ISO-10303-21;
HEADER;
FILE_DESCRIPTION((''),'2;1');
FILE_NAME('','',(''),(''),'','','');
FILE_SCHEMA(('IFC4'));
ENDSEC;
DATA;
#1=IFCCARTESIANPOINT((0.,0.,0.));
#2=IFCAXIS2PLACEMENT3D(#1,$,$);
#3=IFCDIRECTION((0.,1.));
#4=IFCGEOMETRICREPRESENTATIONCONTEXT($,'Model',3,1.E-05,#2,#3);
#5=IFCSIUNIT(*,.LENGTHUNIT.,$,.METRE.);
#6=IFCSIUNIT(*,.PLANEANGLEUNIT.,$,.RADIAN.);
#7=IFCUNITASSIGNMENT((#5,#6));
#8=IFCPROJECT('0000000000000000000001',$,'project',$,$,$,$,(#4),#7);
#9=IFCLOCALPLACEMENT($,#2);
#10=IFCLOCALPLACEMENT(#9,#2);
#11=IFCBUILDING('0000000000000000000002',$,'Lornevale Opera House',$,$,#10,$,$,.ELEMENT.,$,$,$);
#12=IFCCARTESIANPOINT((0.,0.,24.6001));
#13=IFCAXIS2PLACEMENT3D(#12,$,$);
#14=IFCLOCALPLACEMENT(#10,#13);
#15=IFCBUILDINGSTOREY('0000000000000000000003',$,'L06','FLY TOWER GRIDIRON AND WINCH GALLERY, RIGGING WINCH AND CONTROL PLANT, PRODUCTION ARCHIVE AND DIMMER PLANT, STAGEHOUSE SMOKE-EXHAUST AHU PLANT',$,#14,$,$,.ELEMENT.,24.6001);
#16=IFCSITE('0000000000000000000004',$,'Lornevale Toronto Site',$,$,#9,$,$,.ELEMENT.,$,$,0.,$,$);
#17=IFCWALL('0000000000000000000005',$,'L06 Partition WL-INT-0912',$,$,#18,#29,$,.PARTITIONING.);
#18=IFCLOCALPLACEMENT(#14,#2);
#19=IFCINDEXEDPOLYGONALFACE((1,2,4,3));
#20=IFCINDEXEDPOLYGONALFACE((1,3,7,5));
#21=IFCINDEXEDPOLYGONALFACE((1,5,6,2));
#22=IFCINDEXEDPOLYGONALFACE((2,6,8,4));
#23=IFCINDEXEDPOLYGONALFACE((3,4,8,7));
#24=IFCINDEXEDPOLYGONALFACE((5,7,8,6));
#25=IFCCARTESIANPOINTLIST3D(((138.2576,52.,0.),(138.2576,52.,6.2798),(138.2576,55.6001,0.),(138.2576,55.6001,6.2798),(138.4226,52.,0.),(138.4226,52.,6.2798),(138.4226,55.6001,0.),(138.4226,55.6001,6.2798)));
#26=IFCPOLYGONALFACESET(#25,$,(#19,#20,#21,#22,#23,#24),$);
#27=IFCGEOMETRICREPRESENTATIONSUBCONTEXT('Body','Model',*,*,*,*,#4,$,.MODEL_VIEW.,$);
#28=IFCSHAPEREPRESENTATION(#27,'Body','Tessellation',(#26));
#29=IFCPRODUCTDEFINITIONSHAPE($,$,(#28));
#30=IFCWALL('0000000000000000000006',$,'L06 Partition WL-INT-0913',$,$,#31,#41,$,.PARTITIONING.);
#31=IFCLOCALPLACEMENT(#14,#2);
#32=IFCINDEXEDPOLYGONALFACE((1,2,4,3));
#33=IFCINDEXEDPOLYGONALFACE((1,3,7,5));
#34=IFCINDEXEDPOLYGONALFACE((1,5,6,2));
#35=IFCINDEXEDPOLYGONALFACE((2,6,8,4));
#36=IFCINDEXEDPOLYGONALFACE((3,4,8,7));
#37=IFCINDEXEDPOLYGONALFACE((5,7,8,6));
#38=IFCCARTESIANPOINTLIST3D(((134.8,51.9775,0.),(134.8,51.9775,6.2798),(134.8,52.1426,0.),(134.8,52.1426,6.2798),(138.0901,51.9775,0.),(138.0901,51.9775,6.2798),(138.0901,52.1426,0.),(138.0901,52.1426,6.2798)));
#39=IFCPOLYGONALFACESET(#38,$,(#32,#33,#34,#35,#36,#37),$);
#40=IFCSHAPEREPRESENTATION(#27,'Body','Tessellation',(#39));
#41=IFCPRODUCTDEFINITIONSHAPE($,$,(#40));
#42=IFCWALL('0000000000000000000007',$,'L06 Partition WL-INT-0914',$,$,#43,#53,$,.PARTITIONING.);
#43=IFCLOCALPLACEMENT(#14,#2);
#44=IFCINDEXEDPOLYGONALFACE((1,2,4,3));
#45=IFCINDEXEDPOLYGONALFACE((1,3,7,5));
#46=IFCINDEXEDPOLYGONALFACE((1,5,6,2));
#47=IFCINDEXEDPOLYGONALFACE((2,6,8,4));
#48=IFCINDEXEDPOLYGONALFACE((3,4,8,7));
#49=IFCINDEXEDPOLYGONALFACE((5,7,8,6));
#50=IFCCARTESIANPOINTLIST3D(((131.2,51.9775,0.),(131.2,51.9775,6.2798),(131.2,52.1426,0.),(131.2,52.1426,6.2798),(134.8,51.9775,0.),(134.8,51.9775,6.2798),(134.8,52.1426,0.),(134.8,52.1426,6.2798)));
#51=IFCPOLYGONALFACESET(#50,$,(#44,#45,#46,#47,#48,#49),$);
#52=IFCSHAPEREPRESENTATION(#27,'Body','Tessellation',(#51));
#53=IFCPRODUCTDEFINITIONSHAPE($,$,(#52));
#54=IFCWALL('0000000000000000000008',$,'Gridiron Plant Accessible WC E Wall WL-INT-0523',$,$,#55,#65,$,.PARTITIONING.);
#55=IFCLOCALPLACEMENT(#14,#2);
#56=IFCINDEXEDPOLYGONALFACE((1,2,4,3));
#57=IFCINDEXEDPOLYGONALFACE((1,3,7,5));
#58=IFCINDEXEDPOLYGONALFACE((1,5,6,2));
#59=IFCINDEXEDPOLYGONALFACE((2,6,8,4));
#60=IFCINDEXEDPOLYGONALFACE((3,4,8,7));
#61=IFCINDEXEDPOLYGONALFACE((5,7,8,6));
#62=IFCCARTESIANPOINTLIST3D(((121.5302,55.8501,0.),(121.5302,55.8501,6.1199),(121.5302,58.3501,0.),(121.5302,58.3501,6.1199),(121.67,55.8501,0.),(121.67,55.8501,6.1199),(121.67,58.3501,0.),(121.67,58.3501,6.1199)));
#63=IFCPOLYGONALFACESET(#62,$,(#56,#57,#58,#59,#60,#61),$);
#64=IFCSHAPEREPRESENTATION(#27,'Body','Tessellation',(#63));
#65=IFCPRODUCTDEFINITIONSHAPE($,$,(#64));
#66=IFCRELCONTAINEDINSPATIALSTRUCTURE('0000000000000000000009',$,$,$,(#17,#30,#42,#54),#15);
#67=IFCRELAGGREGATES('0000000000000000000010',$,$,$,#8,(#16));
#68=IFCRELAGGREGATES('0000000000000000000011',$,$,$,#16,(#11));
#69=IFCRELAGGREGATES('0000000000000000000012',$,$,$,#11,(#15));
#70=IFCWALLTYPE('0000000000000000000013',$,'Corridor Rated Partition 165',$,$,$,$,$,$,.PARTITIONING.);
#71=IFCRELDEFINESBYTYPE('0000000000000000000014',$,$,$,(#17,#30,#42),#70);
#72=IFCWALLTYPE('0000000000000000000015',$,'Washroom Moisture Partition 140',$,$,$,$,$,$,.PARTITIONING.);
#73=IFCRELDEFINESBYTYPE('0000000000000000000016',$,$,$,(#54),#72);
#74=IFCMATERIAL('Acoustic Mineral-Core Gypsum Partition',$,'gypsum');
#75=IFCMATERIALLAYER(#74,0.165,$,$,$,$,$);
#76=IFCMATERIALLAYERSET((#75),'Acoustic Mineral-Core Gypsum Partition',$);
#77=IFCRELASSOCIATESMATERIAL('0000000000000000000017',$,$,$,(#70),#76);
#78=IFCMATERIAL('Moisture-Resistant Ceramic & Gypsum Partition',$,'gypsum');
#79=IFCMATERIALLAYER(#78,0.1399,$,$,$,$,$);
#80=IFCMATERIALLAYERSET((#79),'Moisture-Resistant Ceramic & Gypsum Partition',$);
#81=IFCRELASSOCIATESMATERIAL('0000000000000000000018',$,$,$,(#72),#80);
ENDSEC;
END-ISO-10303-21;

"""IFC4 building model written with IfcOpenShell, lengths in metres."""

from ifc_helpers import new_model, si_unit, direction, frame, frame_2d, origin, place, context, subcontext, project, spatial, rectangle, extrude, material, layer, layer_set, type_object, element, save


model = new_model("IFC4")

# Units and contexts
model_context = context("Model", 3, precision=1e-05, world=origin(), true_north=direction((0.0, 1.0)))
body_context = subcontext(model_context, "Body", "Model", "MODEL_VIEW")
ifc_project = project(units=[si_unit("LENGTHUNIT", "METRE"), si_unit("PLANEANGLEUNIT", "RADIAN")], contexts=[model_context])

# Site, building, storey
site_placement = place(None, origin())
site = spatial("IfcSite", under=ifc_project, at=site_placement, Name="Lornevale Toronto Site", CompositionType="ELEMENT", RefElevation=0.0)
building_placement = place(site_placement, origin())
building = spatial("IfcBuilding", under=site, at=building_placement, Name="Lornevale Opera House", CompositionType="ELEMENT")
storey_placement = place(building_placement, frame((0.0, 0.0, 24.6001)))
storey = spatial("IfcBuildingStorey", under=building, at=storey_placement, Name="L06", Description="FLY TOWER GRIDIRON AND WINCH GALLERY, RIGGING WINCH AND CONTROL PLANT, PRODUCTION ARCHIVE AND DIMMER PLANT, STAGEHOUSE SMOKE-EXHAUST AHU PLANT", CompositionType="ELEMENT", Elevation=24.6001)

# Shared definitions
ifc_material_1 = material(Name="Acoustic Mineral-Core Gypsum Partition", Category="gypsum")
ifc_layer_1 = layer(ifc_material_1, 0.165)
ifc_layer_set_1 = layer_set([ifc_layer_1], Name="Acoustic Mineral-Core Gypsum Partition")
wall_type_1 = type_object("IfcWallType", Name="Corridor Rated Partition 165", PredefinedType="PARTITIONING", material=ifc_layer_set_1)

# Walls
wall_1_placement = place(storey_placement, frame((138.3401, 52.0, 0.0), z_axis=(0.0, 0.0, 1.0), x_axis=(0.0, 1.0, 0.0)))
element("IfcWall", 1, at=wall_1_placement, inside=storey, type_object=wall_type_1, Name="L06 Partition WL-INT-0912", PredefinedType="PARTITIONING", context=body_context, shape_type="SweptSolid", body=[
    extrude(rectangle(XDim=3.6001, YDim=0.165, at=frame_2d((1.8, 0.0))), origin(), (0.0, 0.0, 1.0), 6.2798),
])
wall_2_placement = place(storey_placement, frame((134.8, 52.0601, 0.0), z_axis=(0.0, 0.0, 1.0), x_axis=(1.0, 0.0, 0.0)))
element("IfcWall", 2, at=wall_2_placement, inside=storey, type_object=wall_type_1, Name="L06 Partition WL-INT-0913", PredefinedType="PARTITIONING", context=body_context, shape_type="SweptSolid", body=[
    extrude(rectangle(XDim=3.29, YDim=0.165, at=frame_2d((1.645, 0.0))), origin(), (0.0, 0.0, 1.0), 6.2798),
])
wall_3_placement = place(storey_placement, frame((131.2, 52.0601, 0.0), z_axis=(0.0, 0.0, 1.0), x_axis=(1.0, 0.0, 0.0)))
element("IfcWall", 3, at=wall_3_placement, inside=storey, type_object=wall_type_1, Name="L06 Partition WL-INT-0914", PredefinedType="PARTITIONING", context=body_context, shape_type="SweptSolid", body=[
    extrude(rectangle(XDim=3.6001, YDim=0.165, at=frame_2d((1.8, 0.0))), origin(), (0.0, 0.0, 1.0), 6.2798),
])
ifc_material_2 = material(Name="Moisture-Resistant Ceramic & Gypsum Partition", Category="gypsum")
ifc_layer_2 = layer(ifc_material_2, 0.1399)
ifc_layer_set_2 = layer_set([ifc_layer_2], Name="Moisture-Resistant Ceramic & Gypsum Partition")
wall_type_2 = type_object("IfcWallType", Name="Washroom Moisture Partition 140", PredefinedType="PARTITIONING", material=ifc_layer_set_2)
wall_4_placement = place(storey_placement, frame((121.6001, 55.8501, 0.0), z_axis=(0.0, 0.0, 1.0), x_axis=(0.0, 1.0, 0.0)))
element("IfcWall", 4, at=wall_4_placement, inside=storey, type_object=wall_type_2, Name="Gridiron Plant Accessible WC E Wall WL-INT-0523", PredefinedType="PARTITIONING", context=body_context, shape_type="SweptSolid", body=[
    extrude(rectangle(XDim=2.5, YDim=0.1399, at=frame_2d((1.25, 0.0))), origin(), (0.0, 0.0, 1.0), 6.1199),
])

save(model, "model.ifc")
